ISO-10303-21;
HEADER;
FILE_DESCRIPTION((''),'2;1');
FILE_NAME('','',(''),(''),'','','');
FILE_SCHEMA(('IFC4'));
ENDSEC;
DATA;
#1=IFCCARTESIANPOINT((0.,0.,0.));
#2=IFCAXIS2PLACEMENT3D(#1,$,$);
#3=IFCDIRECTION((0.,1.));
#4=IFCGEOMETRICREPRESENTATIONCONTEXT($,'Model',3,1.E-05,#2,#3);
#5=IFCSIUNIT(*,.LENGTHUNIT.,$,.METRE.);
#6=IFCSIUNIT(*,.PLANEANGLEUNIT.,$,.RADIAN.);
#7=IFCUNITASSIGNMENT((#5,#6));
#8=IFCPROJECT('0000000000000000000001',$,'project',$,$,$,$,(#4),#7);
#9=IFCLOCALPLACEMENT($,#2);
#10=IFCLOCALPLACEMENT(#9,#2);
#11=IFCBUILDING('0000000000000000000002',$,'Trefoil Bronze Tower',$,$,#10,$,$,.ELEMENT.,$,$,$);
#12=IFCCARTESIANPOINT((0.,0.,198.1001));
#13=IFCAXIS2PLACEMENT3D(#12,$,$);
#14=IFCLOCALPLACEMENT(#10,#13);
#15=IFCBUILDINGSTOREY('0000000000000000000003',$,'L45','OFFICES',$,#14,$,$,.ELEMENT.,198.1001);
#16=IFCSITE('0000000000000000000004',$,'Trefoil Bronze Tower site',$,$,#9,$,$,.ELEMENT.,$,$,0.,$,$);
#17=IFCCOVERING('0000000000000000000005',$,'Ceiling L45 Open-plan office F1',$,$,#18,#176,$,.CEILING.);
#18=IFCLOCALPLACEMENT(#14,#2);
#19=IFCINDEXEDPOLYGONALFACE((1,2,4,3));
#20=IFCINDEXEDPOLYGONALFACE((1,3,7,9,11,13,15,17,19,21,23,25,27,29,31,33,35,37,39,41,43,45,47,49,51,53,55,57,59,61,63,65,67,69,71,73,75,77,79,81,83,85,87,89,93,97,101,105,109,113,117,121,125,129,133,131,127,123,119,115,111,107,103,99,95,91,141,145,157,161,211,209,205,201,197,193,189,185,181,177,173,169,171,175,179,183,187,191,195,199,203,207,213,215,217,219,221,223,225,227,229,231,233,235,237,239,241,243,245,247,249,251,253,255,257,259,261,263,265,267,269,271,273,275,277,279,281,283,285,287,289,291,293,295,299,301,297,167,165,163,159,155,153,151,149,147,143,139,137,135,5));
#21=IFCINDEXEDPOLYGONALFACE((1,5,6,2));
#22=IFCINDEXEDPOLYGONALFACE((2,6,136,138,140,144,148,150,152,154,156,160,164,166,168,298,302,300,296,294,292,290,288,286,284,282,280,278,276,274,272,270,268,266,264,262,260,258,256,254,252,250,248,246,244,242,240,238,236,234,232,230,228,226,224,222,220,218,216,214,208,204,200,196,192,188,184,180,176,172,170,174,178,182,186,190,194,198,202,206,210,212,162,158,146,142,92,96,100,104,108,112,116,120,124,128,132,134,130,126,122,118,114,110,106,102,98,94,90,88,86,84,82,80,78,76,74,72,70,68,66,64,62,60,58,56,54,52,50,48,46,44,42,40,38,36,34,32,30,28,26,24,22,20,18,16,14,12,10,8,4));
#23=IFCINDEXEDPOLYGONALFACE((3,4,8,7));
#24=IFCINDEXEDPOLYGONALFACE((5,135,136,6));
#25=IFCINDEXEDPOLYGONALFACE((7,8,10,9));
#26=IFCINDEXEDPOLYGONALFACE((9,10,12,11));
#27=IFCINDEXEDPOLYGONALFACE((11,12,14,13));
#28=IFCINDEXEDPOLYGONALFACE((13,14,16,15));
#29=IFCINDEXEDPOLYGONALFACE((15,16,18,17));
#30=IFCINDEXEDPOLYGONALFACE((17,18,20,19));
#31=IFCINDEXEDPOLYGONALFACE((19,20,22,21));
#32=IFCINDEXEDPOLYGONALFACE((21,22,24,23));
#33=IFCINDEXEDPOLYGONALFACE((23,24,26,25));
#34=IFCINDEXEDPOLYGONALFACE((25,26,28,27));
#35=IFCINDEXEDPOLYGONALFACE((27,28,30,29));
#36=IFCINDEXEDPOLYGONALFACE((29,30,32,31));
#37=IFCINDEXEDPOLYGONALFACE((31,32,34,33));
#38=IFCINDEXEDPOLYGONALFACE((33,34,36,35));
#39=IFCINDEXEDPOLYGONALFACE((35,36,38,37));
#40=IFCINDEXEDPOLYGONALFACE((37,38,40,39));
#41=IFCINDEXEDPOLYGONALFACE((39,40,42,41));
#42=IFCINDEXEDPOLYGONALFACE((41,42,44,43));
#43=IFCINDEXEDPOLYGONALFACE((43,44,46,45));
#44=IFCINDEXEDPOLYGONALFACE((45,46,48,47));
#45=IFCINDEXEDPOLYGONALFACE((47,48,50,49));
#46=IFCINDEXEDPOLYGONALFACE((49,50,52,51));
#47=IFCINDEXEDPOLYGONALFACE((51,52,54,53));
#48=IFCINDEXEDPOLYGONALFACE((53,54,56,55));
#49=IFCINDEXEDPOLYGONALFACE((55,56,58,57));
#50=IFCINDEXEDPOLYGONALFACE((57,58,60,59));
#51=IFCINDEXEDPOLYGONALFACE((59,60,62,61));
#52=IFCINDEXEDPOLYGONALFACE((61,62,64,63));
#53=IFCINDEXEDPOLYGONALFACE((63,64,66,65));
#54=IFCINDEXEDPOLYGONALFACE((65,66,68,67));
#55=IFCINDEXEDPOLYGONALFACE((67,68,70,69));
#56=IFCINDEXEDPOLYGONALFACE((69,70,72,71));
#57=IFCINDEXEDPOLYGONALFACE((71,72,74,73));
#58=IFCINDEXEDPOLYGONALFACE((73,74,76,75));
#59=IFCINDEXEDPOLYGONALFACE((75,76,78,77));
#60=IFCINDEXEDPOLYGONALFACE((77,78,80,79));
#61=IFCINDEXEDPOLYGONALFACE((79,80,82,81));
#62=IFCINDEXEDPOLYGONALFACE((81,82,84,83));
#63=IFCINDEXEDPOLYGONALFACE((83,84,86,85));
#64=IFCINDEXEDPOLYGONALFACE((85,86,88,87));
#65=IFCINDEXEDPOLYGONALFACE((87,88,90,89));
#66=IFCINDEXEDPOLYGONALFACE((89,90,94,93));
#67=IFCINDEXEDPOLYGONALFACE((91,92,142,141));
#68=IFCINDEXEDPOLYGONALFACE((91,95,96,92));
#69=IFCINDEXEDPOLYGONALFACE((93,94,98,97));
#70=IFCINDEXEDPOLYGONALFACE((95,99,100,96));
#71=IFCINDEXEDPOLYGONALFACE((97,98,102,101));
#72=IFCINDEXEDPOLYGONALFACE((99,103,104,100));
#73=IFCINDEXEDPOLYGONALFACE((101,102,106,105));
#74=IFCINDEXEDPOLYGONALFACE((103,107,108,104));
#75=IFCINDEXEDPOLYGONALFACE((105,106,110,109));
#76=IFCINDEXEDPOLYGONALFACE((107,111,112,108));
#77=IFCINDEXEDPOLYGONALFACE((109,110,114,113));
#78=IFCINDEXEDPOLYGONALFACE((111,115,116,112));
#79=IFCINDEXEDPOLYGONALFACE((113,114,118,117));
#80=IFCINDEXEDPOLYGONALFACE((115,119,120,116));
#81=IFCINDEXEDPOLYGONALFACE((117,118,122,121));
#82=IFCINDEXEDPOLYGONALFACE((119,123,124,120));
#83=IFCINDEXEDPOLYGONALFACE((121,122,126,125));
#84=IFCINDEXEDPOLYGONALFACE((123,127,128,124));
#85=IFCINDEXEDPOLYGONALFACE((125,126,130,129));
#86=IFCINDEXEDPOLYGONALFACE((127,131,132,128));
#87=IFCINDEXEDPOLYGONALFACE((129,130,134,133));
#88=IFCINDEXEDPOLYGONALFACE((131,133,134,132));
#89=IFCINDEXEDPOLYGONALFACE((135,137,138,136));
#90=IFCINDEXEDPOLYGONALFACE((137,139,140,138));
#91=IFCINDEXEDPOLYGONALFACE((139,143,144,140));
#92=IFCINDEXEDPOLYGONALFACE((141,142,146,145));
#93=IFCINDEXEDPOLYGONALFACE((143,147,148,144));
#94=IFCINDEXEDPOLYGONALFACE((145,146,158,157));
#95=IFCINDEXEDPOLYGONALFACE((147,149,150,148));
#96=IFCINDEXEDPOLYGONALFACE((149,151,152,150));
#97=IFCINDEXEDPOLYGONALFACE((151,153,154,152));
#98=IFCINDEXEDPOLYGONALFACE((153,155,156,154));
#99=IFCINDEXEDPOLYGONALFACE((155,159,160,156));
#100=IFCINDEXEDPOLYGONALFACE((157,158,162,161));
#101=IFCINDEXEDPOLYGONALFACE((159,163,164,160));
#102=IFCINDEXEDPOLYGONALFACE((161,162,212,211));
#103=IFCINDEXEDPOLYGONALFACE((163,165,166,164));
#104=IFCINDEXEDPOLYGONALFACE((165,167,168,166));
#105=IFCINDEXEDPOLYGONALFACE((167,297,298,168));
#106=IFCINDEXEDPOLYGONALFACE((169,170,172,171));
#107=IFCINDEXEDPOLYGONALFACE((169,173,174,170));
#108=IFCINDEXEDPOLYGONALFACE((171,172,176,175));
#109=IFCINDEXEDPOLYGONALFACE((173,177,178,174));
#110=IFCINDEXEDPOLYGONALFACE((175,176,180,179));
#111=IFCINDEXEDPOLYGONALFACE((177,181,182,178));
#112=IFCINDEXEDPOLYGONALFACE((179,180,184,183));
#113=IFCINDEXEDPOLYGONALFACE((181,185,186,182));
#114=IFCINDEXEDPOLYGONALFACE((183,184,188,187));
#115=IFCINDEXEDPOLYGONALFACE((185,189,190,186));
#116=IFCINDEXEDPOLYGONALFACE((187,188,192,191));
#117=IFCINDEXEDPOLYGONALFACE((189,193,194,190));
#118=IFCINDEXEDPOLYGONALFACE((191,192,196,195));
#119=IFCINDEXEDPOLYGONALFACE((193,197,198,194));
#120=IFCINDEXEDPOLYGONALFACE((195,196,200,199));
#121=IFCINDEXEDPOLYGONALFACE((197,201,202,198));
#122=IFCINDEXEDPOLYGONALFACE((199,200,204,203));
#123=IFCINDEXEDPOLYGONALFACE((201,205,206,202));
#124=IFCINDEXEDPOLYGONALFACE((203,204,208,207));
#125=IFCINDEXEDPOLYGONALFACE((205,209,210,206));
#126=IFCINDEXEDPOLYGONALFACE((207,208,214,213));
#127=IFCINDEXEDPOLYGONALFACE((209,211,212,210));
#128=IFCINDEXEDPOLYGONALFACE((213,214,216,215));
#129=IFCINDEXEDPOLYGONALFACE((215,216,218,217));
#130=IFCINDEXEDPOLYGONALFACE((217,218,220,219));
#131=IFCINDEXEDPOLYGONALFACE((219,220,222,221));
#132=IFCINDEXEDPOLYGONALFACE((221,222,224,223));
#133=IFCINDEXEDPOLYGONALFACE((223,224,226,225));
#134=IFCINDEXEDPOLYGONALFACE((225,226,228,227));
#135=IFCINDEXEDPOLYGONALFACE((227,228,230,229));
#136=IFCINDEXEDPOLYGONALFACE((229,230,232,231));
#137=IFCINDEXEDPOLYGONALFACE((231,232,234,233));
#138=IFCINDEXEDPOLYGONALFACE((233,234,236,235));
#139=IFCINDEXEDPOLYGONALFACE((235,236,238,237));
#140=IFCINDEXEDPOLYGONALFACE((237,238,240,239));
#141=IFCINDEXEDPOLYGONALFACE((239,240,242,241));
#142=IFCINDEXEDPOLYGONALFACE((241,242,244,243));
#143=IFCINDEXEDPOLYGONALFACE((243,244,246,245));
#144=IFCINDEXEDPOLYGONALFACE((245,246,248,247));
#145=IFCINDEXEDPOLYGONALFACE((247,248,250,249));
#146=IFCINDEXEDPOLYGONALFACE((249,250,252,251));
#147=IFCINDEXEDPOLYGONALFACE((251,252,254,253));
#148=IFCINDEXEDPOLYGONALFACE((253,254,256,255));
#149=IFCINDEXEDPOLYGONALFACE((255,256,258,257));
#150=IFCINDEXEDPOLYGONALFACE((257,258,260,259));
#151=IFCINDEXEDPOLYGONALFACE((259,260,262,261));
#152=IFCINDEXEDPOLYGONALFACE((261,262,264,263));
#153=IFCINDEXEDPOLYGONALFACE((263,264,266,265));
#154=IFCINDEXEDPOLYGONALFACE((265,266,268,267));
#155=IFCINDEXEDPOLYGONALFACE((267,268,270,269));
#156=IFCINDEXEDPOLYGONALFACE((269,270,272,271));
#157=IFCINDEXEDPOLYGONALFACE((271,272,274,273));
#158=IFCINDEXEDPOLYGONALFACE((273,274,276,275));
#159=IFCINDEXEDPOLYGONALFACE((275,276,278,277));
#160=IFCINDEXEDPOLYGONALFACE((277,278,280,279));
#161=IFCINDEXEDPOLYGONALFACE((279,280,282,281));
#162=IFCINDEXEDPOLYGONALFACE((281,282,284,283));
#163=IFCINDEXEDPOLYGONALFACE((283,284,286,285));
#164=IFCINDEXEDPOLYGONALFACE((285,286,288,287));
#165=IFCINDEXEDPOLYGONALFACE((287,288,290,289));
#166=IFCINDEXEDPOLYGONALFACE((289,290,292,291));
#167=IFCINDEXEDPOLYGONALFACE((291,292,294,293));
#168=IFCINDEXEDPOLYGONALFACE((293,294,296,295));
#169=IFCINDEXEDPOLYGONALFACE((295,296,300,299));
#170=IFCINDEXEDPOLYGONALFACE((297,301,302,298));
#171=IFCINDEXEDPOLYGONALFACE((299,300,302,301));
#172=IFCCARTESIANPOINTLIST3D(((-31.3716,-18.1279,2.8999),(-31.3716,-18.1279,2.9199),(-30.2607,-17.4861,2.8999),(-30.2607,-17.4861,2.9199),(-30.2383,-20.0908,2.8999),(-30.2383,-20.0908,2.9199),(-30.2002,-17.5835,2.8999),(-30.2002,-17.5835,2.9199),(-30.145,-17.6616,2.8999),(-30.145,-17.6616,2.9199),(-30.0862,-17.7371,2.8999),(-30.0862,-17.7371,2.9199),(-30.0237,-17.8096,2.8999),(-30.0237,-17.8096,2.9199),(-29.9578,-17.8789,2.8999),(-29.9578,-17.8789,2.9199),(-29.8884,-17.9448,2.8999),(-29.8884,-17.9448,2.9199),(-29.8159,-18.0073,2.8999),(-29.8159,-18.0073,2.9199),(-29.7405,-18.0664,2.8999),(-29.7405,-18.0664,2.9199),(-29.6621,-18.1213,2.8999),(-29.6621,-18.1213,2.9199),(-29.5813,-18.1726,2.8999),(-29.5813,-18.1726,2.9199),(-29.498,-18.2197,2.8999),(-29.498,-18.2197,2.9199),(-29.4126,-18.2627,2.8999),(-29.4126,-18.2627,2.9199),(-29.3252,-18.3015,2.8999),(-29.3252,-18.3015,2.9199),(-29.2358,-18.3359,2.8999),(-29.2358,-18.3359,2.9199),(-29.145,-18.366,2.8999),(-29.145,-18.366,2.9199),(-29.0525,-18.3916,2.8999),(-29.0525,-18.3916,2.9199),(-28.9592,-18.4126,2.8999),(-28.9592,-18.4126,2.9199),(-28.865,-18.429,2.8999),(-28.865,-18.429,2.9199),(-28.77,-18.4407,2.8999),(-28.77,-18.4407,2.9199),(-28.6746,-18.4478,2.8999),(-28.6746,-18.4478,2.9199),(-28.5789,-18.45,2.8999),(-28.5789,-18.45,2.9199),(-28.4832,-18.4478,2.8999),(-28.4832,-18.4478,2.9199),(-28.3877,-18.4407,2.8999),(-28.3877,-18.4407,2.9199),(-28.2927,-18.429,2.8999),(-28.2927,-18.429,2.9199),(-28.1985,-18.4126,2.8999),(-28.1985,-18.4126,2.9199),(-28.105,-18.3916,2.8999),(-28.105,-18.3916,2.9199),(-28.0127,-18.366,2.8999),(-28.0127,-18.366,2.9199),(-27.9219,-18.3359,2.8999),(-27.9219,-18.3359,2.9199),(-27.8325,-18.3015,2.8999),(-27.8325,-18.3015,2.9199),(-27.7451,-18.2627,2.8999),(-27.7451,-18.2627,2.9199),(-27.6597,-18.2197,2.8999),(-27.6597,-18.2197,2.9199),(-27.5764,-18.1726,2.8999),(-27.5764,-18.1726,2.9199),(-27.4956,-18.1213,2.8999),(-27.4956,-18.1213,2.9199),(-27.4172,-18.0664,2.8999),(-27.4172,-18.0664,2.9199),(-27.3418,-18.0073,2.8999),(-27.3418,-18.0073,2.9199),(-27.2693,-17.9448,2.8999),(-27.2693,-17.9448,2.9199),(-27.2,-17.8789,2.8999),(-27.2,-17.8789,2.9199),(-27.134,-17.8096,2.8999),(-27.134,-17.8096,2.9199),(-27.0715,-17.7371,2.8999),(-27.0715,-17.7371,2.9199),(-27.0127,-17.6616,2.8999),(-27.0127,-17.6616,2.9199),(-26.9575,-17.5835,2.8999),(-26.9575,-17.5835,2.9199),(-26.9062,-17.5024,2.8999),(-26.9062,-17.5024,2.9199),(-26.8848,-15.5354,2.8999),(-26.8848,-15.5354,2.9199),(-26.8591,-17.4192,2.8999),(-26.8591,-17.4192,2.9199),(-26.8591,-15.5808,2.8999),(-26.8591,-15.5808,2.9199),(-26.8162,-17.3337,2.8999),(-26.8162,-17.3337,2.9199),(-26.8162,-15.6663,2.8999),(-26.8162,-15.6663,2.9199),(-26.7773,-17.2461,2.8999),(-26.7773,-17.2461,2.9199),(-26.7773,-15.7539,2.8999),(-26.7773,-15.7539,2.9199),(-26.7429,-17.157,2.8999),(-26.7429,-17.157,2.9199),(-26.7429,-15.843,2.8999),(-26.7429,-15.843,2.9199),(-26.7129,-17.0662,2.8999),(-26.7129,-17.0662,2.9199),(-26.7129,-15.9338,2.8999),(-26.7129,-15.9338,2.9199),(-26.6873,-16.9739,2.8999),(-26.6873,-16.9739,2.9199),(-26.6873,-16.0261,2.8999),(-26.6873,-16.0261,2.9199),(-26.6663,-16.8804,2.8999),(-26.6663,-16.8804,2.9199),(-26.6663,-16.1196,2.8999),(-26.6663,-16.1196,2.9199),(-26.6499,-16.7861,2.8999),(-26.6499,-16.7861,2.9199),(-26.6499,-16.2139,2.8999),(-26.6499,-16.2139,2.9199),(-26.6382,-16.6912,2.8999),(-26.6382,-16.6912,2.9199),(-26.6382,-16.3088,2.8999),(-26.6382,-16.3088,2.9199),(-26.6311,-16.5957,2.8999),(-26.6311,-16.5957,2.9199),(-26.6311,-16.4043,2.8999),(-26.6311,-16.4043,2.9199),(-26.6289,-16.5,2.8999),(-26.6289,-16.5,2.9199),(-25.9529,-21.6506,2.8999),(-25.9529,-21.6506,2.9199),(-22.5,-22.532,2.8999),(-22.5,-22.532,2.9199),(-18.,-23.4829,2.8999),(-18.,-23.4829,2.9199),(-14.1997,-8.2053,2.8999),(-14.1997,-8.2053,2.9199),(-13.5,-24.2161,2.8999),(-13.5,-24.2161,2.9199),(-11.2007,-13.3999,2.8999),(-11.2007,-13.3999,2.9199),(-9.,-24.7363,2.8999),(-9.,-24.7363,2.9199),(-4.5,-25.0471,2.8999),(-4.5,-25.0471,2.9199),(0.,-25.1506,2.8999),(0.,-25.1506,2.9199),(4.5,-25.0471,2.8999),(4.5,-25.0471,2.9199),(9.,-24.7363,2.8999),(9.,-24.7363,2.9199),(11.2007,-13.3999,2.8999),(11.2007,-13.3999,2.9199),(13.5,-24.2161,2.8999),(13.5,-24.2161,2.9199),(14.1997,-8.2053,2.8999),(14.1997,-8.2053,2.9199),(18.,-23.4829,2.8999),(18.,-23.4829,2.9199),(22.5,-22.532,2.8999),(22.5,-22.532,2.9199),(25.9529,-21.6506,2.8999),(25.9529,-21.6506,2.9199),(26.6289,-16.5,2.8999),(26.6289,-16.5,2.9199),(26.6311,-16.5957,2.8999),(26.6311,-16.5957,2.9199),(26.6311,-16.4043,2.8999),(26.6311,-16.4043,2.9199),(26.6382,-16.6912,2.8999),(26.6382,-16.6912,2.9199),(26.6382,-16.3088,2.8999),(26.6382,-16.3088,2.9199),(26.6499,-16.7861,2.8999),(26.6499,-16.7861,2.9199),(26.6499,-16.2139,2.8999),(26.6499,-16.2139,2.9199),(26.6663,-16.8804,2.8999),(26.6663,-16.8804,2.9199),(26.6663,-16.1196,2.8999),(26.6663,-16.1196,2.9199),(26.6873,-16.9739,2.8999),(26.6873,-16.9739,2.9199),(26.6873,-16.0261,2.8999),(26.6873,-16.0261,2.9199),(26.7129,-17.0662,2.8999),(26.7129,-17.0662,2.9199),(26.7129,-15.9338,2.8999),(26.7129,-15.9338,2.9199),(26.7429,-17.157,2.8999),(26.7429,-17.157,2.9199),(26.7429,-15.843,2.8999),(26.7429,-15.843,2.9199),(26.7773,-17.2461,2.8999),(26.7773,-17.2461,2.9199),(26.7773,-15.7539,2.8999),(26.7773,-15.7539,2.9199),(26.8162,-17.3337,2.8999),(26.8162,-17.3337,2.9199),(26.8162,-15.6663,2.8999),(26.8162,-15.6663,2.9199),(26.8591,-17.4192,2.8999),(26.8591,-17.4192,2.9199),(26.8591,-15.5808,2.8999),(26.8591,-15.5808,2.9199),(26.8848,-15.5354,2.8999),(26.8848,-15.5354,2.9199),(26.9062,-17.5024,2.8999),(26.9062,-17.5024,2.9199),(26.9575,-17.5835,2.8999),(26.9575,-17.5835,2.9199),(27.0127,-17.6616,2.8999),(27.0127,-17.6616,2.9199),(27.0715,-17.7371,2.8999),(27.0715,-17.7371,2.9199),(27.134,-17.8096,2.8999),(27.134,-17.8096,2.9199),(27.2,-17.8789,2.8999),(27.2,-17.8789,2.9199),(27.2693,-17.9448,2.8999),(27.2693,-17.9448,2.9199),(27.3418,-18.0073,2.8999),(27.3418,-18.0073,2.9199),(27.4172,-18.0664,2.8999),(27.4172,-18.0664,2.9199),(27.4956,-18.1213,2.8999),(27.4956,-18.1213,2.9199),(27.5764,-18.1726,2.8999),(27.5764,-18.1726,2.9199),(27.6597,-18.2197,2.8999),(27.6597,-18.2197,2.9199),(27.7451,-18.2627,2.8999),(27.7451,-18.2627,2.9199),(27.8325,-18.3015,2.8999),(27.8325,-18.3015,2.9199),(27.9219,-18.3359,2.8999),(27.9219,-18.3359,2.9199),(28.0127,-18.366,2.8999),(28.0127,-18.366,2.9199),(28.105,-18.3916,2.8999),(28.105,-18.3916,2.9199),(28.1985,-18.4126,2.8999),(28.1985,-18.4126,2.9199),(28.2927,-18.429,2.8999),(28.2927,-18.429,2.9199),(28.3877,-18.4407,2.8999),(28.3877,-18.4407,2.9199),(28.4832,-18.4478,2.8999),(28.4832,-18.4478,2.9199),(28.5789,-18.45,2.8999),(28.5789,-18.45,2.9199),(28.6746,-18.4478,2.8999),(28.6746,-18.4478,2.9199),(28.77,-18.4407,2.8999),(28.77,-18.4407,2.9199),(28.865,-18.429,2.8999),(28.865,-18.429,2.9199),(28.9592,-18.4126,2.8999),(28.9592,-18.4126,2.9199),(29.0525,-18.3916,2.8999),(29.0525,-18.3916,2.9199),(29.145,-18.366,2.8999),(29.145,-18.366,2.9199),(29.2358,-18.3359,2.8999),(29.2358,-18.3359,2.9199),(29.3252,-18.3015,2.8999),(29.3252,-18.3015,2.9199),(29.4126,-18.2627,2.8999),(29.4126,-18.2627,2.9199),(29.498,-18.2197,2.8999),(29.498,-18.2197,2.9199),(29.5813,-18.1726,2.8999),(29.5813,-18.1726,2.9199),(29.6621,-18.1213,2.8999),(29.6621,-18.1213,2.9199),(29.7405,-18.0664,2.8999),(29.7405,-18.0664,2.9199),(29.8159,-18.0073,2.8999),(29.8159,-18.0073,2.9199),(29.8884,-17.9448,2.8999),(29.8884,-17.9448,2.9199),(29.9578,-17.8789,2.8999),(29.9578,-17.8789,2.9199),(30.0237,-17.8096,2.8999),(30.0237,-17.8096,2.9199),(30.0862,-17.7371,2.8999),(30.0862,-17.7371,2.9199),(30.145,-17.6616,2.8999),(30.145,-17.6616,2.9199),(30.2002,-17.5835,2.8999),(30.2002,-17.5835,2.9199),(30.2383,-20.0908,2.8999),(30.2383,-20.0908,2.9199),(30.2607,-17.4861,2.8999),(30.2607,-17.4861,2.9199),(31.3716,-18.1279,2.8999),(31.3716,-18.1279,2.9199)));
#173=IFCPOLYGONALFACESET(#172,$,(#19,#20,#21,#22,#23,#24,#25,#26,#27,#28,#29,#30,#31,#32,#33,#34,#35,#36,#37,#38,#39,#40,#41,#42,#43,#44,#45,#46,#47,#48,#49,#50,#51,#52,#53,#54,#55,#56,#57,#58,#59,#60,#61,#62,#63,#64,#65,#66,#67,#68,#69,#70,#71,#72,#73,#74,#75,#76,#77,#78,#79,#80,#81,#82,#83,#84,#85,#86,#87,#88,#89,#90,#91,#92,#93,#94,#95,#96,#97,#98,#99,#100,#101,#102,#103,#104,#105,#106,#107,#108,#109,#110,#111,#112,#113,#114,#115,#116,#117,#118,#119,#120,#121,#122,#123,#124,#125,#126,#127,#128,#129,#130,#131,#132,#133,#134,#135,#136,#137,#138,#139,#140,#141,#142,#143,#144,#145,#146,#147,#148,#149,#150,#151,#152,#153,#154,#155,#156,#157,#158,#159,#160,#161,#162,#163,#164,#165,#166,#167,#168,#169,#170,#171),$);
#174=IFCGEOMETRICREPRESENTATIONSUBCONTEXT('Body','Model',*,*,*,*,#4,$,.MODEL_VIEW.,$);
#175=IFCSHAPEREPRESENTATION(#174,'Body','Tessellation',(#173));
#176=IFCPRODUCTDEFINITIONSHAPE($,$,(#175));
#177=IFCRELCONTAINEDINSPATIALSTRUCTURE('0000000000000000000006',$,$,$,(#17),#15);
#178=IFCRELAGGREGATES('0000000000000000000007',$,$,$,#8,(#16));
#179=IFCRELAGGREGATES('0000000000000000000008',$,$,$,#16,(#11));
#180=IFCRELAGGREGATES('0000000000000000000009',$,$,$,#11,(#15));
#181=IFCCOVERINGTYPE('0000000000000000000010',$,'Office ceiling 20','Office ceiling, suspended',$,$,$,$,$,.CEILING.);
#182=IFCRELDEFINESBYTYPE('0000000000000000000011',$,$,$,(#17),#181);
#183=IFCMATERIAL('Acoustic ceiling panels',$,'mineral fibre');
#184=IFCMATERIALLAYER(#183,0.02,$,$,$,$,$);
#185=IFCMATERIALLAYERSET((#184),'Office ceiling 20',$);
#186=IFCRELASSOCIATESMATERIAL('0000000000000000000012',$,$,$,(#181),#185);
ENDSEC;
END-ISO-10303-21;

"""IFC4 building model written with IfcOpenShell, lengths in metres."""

from ifc_helpers import new_model, si_unit, direction, frame, origin, place, context, subcontext, project, spatial, polyline, outline, extrude, material, layer, layer_set, type_object, element, save


model = new_model("IFC4")

# Units and contexts
model_context = context("Model", 3, precision=1e-05, world=origin(), true_north=direction((0.0, 1.0)))
body_context = subcontext(model_context, "Body", "Model", "MODEL_VIEW")
ifc_project = project(units=[si_unit("LENGTHUNIT", "METRE"), si_unit("PLANEANGLEUNIT", "RADIAN")], contexts=[model_context])

# Site, building, storey
site_placement = place(None, origin())
site = spatial("IfcSite", under=ifc_project, at=site_placement, Name="Trefoil Bronze Tower site", CompositionType="ELEMENT", RefElevation=0.0)
building_placement = place(site_placement, origin())
building = spatial("IfcBuilding", under=site, at=building_placement, Name="Trefoil Bronze Tower", CompositionType="ELEMENT")
storey_placement = place(building_placement, frame((0.0, 0.0, 198.1001)))
storey = spatial("IfcBuildingStorey", under=building, at=storey_placement, Name="L45", Description="OFFICES", CompositionType="ELEMENT", Elevation=198.1001)

# Covering
ifc_material_1 = material(Name="Acoustic ceiling panels", Category="mineral fibre")
ifc_layer_1 = layer(ifc_material_1, 0.02)
ifc_layer_set_1 = layer_set([ifc_layer_1], Name="Office ceiling 20")
covering_type_1 = type_object("IfcCoveringType", Name="Office ceiling 20", Description="Office ceiling, suspended", PredefinedType="CEILING", material=ifc_layer_set_1)
covering_1_placement = place(storey_placement, frame((0.0, 0.0, 2.8999)))
element("IfcCovering", 1, at=covering_1_placement, inside=storey, type_object=covering_type_1, Name="Ceiling L45 Open-plan office F1", PredefinedType="CEILING", context=body_context, shape_type="SweptSolid", body=[
    extrude(outline(polyline([(-30.2002, -17.5835), (-30.145, -17.6616), (-30.0862, -17.7371), (-30.0237, -17.8096), (-29.9578, -17.8789), (-29.8884, -17.9448), (-29.8159, -18.0073), (-29.7405, -18.0664), (-29.6621, -18.1213), (-29.5813, -18.1726), (-29.498, -18.2197), (-29.4126, -18.2627), (-29.3252, -18.3015), (-29.2358, -18.3359), (-29.145, -18.366), (-29.0525, -18.3916), (-28.9592, -18.4126), (-28.865, -18.429), (-28.77, -18.4407), (-28.6746, -18.4478), (-28.5789, -18.45), (-28.4832, -18.4478), (-28.3877, -18.4407), (-28.2927, -18.429), (-28.1985, -18.4126), (-28.105, -18.3916), (-28.0127, -18.366), (-27.9219, -18.3359), (-27.8325, -18.3015), (-27.7451, -18.2627), (-27.6597, -18.2197), (-27.5764, -18.1726), (-27.4956, -18.1213), (-27.4172, -18.0664), (-27.3418, -18.0073), (-27.2693, -17.9448), (-27.2, -17.8789), (-27.134, -17.8096), (-27.0715, -17.7371), (-27.0127, -17.6616), (-26.9575, -17.5835), (-26.9062, -17.5024), (-26.8591, -17.4192), (-26.8162, -17.3337), (-26.7773, -17.2461), (-26.7429, -17.157), (-26.7129, -17.0662), (-26.6873, -16.9739), (-26.6663, -16.8804), (-26.6499, -16.7861), (-26.6382, -16.6912), (-26.6311, -16.5957), (-26.6289, -16.5), (-26.6311, -16.4043), (-26.6382, -16.3088), (-26.6499, -16.2139), (-26.6663, -16.1196), (-26.6873, -16.0261), (-26.7129, -15.9338), (-26.7429, -15.843), (-26.7773, -15.7539), (-26.8162, -15.6663), (-26.8591, -15.5808), (-26.8848, -15.5354), (-14.1997, -8.2053), (-11.2007, -13.3999), (11.2007, -13.3999), (14.1997, -8.2053), (26.8848, -15.5354), (26.8591, -15.5808), (26.8162, -15.6663), (26.7773, -15.7539), (26.7429, -15.843), (26.7129, -15.9338), (26.6873, -16.0261), (26.6663, -16.1196), (26.6499, -16.2139), (26.6382, -16.3088), (26.6311, -16.4043), (26.6289, -16.5), (26.6311, -16.5957), (26.6382, -16.6912), (26.6499, -16.7861), (26.6663, -16.8804), (26.6873, -16.9739), (26.7129, -17.0662), (26.7429, -17.157), (26.7773, -17.2461), (26.8162, -17.3337), (26.8591, -17.4192), (26.9062, -17.5024), (26.9575, -17.5835), (27.0127, -17.6616), (27.0715, -17.7371), (27.134, -17.8096), (27.2, -17.8789), (27.2693, -17.9448), (27.3418, -18.0073), (27.4172, -18.0664), (27.4956, -18.1213), (27.5764, -18.1726), (27.6597, -18.2197), (27.7451, -18.2627), (27.8325, -18.3015), (27.9219, -18.3359), (28.0127, -18.366), (28.105, -18.3916), (28.1985, -18.4126), (28.2927, -18.429), (28.3877, -18.4407), (28.4832, -18.4478), (28.5789, -18.45), (28.6746, -18.4478), (28.77, -18.4407), (28.865, -18.429), (28.9592, -18.4126), (29.0525, -18.3916), (29.145, -18.366), (29.2358, -18.3359), (29.3252, -18.3015), (29.4126, -18.2627), (29.498, -18.2197), (29.5813, -18.1726), (29.6621, -18.1213), (29.7405, -18.0664), (29.8159, -18.0073), (29.8884, -17.9448), (29.9578, -17.8789), (30.0237, -17.8096), (30.0862, -17.7371), (30.145, -17.6616), (30.2002, -17.5835), (30.2607, -17.4861), (31.3716, -18.1279), (30.2383, -20.0908), (25.9529, -21.6506), (22.5, -22.532), (18.0, -23.4829), (13.5, -24.2161), (9.0, -24.7363), (4.5, -25.0471), (0.0, -25.1506), (-4.5, -25.0471), (-9.0, -24.7363), (-13.5, -24.2161), (-18.0, -23.4829), (-22.5, -22.532), (-25.9529, -21.6506), (-30.2383, -20.0908), (-31.3716, -18.1279), (-30.2607, -17.4861), (-30.2002, -17.5835)])), origin(), (0.0, 0.0, 1.0), 0.02),
])

save(model, "model.ifc")
